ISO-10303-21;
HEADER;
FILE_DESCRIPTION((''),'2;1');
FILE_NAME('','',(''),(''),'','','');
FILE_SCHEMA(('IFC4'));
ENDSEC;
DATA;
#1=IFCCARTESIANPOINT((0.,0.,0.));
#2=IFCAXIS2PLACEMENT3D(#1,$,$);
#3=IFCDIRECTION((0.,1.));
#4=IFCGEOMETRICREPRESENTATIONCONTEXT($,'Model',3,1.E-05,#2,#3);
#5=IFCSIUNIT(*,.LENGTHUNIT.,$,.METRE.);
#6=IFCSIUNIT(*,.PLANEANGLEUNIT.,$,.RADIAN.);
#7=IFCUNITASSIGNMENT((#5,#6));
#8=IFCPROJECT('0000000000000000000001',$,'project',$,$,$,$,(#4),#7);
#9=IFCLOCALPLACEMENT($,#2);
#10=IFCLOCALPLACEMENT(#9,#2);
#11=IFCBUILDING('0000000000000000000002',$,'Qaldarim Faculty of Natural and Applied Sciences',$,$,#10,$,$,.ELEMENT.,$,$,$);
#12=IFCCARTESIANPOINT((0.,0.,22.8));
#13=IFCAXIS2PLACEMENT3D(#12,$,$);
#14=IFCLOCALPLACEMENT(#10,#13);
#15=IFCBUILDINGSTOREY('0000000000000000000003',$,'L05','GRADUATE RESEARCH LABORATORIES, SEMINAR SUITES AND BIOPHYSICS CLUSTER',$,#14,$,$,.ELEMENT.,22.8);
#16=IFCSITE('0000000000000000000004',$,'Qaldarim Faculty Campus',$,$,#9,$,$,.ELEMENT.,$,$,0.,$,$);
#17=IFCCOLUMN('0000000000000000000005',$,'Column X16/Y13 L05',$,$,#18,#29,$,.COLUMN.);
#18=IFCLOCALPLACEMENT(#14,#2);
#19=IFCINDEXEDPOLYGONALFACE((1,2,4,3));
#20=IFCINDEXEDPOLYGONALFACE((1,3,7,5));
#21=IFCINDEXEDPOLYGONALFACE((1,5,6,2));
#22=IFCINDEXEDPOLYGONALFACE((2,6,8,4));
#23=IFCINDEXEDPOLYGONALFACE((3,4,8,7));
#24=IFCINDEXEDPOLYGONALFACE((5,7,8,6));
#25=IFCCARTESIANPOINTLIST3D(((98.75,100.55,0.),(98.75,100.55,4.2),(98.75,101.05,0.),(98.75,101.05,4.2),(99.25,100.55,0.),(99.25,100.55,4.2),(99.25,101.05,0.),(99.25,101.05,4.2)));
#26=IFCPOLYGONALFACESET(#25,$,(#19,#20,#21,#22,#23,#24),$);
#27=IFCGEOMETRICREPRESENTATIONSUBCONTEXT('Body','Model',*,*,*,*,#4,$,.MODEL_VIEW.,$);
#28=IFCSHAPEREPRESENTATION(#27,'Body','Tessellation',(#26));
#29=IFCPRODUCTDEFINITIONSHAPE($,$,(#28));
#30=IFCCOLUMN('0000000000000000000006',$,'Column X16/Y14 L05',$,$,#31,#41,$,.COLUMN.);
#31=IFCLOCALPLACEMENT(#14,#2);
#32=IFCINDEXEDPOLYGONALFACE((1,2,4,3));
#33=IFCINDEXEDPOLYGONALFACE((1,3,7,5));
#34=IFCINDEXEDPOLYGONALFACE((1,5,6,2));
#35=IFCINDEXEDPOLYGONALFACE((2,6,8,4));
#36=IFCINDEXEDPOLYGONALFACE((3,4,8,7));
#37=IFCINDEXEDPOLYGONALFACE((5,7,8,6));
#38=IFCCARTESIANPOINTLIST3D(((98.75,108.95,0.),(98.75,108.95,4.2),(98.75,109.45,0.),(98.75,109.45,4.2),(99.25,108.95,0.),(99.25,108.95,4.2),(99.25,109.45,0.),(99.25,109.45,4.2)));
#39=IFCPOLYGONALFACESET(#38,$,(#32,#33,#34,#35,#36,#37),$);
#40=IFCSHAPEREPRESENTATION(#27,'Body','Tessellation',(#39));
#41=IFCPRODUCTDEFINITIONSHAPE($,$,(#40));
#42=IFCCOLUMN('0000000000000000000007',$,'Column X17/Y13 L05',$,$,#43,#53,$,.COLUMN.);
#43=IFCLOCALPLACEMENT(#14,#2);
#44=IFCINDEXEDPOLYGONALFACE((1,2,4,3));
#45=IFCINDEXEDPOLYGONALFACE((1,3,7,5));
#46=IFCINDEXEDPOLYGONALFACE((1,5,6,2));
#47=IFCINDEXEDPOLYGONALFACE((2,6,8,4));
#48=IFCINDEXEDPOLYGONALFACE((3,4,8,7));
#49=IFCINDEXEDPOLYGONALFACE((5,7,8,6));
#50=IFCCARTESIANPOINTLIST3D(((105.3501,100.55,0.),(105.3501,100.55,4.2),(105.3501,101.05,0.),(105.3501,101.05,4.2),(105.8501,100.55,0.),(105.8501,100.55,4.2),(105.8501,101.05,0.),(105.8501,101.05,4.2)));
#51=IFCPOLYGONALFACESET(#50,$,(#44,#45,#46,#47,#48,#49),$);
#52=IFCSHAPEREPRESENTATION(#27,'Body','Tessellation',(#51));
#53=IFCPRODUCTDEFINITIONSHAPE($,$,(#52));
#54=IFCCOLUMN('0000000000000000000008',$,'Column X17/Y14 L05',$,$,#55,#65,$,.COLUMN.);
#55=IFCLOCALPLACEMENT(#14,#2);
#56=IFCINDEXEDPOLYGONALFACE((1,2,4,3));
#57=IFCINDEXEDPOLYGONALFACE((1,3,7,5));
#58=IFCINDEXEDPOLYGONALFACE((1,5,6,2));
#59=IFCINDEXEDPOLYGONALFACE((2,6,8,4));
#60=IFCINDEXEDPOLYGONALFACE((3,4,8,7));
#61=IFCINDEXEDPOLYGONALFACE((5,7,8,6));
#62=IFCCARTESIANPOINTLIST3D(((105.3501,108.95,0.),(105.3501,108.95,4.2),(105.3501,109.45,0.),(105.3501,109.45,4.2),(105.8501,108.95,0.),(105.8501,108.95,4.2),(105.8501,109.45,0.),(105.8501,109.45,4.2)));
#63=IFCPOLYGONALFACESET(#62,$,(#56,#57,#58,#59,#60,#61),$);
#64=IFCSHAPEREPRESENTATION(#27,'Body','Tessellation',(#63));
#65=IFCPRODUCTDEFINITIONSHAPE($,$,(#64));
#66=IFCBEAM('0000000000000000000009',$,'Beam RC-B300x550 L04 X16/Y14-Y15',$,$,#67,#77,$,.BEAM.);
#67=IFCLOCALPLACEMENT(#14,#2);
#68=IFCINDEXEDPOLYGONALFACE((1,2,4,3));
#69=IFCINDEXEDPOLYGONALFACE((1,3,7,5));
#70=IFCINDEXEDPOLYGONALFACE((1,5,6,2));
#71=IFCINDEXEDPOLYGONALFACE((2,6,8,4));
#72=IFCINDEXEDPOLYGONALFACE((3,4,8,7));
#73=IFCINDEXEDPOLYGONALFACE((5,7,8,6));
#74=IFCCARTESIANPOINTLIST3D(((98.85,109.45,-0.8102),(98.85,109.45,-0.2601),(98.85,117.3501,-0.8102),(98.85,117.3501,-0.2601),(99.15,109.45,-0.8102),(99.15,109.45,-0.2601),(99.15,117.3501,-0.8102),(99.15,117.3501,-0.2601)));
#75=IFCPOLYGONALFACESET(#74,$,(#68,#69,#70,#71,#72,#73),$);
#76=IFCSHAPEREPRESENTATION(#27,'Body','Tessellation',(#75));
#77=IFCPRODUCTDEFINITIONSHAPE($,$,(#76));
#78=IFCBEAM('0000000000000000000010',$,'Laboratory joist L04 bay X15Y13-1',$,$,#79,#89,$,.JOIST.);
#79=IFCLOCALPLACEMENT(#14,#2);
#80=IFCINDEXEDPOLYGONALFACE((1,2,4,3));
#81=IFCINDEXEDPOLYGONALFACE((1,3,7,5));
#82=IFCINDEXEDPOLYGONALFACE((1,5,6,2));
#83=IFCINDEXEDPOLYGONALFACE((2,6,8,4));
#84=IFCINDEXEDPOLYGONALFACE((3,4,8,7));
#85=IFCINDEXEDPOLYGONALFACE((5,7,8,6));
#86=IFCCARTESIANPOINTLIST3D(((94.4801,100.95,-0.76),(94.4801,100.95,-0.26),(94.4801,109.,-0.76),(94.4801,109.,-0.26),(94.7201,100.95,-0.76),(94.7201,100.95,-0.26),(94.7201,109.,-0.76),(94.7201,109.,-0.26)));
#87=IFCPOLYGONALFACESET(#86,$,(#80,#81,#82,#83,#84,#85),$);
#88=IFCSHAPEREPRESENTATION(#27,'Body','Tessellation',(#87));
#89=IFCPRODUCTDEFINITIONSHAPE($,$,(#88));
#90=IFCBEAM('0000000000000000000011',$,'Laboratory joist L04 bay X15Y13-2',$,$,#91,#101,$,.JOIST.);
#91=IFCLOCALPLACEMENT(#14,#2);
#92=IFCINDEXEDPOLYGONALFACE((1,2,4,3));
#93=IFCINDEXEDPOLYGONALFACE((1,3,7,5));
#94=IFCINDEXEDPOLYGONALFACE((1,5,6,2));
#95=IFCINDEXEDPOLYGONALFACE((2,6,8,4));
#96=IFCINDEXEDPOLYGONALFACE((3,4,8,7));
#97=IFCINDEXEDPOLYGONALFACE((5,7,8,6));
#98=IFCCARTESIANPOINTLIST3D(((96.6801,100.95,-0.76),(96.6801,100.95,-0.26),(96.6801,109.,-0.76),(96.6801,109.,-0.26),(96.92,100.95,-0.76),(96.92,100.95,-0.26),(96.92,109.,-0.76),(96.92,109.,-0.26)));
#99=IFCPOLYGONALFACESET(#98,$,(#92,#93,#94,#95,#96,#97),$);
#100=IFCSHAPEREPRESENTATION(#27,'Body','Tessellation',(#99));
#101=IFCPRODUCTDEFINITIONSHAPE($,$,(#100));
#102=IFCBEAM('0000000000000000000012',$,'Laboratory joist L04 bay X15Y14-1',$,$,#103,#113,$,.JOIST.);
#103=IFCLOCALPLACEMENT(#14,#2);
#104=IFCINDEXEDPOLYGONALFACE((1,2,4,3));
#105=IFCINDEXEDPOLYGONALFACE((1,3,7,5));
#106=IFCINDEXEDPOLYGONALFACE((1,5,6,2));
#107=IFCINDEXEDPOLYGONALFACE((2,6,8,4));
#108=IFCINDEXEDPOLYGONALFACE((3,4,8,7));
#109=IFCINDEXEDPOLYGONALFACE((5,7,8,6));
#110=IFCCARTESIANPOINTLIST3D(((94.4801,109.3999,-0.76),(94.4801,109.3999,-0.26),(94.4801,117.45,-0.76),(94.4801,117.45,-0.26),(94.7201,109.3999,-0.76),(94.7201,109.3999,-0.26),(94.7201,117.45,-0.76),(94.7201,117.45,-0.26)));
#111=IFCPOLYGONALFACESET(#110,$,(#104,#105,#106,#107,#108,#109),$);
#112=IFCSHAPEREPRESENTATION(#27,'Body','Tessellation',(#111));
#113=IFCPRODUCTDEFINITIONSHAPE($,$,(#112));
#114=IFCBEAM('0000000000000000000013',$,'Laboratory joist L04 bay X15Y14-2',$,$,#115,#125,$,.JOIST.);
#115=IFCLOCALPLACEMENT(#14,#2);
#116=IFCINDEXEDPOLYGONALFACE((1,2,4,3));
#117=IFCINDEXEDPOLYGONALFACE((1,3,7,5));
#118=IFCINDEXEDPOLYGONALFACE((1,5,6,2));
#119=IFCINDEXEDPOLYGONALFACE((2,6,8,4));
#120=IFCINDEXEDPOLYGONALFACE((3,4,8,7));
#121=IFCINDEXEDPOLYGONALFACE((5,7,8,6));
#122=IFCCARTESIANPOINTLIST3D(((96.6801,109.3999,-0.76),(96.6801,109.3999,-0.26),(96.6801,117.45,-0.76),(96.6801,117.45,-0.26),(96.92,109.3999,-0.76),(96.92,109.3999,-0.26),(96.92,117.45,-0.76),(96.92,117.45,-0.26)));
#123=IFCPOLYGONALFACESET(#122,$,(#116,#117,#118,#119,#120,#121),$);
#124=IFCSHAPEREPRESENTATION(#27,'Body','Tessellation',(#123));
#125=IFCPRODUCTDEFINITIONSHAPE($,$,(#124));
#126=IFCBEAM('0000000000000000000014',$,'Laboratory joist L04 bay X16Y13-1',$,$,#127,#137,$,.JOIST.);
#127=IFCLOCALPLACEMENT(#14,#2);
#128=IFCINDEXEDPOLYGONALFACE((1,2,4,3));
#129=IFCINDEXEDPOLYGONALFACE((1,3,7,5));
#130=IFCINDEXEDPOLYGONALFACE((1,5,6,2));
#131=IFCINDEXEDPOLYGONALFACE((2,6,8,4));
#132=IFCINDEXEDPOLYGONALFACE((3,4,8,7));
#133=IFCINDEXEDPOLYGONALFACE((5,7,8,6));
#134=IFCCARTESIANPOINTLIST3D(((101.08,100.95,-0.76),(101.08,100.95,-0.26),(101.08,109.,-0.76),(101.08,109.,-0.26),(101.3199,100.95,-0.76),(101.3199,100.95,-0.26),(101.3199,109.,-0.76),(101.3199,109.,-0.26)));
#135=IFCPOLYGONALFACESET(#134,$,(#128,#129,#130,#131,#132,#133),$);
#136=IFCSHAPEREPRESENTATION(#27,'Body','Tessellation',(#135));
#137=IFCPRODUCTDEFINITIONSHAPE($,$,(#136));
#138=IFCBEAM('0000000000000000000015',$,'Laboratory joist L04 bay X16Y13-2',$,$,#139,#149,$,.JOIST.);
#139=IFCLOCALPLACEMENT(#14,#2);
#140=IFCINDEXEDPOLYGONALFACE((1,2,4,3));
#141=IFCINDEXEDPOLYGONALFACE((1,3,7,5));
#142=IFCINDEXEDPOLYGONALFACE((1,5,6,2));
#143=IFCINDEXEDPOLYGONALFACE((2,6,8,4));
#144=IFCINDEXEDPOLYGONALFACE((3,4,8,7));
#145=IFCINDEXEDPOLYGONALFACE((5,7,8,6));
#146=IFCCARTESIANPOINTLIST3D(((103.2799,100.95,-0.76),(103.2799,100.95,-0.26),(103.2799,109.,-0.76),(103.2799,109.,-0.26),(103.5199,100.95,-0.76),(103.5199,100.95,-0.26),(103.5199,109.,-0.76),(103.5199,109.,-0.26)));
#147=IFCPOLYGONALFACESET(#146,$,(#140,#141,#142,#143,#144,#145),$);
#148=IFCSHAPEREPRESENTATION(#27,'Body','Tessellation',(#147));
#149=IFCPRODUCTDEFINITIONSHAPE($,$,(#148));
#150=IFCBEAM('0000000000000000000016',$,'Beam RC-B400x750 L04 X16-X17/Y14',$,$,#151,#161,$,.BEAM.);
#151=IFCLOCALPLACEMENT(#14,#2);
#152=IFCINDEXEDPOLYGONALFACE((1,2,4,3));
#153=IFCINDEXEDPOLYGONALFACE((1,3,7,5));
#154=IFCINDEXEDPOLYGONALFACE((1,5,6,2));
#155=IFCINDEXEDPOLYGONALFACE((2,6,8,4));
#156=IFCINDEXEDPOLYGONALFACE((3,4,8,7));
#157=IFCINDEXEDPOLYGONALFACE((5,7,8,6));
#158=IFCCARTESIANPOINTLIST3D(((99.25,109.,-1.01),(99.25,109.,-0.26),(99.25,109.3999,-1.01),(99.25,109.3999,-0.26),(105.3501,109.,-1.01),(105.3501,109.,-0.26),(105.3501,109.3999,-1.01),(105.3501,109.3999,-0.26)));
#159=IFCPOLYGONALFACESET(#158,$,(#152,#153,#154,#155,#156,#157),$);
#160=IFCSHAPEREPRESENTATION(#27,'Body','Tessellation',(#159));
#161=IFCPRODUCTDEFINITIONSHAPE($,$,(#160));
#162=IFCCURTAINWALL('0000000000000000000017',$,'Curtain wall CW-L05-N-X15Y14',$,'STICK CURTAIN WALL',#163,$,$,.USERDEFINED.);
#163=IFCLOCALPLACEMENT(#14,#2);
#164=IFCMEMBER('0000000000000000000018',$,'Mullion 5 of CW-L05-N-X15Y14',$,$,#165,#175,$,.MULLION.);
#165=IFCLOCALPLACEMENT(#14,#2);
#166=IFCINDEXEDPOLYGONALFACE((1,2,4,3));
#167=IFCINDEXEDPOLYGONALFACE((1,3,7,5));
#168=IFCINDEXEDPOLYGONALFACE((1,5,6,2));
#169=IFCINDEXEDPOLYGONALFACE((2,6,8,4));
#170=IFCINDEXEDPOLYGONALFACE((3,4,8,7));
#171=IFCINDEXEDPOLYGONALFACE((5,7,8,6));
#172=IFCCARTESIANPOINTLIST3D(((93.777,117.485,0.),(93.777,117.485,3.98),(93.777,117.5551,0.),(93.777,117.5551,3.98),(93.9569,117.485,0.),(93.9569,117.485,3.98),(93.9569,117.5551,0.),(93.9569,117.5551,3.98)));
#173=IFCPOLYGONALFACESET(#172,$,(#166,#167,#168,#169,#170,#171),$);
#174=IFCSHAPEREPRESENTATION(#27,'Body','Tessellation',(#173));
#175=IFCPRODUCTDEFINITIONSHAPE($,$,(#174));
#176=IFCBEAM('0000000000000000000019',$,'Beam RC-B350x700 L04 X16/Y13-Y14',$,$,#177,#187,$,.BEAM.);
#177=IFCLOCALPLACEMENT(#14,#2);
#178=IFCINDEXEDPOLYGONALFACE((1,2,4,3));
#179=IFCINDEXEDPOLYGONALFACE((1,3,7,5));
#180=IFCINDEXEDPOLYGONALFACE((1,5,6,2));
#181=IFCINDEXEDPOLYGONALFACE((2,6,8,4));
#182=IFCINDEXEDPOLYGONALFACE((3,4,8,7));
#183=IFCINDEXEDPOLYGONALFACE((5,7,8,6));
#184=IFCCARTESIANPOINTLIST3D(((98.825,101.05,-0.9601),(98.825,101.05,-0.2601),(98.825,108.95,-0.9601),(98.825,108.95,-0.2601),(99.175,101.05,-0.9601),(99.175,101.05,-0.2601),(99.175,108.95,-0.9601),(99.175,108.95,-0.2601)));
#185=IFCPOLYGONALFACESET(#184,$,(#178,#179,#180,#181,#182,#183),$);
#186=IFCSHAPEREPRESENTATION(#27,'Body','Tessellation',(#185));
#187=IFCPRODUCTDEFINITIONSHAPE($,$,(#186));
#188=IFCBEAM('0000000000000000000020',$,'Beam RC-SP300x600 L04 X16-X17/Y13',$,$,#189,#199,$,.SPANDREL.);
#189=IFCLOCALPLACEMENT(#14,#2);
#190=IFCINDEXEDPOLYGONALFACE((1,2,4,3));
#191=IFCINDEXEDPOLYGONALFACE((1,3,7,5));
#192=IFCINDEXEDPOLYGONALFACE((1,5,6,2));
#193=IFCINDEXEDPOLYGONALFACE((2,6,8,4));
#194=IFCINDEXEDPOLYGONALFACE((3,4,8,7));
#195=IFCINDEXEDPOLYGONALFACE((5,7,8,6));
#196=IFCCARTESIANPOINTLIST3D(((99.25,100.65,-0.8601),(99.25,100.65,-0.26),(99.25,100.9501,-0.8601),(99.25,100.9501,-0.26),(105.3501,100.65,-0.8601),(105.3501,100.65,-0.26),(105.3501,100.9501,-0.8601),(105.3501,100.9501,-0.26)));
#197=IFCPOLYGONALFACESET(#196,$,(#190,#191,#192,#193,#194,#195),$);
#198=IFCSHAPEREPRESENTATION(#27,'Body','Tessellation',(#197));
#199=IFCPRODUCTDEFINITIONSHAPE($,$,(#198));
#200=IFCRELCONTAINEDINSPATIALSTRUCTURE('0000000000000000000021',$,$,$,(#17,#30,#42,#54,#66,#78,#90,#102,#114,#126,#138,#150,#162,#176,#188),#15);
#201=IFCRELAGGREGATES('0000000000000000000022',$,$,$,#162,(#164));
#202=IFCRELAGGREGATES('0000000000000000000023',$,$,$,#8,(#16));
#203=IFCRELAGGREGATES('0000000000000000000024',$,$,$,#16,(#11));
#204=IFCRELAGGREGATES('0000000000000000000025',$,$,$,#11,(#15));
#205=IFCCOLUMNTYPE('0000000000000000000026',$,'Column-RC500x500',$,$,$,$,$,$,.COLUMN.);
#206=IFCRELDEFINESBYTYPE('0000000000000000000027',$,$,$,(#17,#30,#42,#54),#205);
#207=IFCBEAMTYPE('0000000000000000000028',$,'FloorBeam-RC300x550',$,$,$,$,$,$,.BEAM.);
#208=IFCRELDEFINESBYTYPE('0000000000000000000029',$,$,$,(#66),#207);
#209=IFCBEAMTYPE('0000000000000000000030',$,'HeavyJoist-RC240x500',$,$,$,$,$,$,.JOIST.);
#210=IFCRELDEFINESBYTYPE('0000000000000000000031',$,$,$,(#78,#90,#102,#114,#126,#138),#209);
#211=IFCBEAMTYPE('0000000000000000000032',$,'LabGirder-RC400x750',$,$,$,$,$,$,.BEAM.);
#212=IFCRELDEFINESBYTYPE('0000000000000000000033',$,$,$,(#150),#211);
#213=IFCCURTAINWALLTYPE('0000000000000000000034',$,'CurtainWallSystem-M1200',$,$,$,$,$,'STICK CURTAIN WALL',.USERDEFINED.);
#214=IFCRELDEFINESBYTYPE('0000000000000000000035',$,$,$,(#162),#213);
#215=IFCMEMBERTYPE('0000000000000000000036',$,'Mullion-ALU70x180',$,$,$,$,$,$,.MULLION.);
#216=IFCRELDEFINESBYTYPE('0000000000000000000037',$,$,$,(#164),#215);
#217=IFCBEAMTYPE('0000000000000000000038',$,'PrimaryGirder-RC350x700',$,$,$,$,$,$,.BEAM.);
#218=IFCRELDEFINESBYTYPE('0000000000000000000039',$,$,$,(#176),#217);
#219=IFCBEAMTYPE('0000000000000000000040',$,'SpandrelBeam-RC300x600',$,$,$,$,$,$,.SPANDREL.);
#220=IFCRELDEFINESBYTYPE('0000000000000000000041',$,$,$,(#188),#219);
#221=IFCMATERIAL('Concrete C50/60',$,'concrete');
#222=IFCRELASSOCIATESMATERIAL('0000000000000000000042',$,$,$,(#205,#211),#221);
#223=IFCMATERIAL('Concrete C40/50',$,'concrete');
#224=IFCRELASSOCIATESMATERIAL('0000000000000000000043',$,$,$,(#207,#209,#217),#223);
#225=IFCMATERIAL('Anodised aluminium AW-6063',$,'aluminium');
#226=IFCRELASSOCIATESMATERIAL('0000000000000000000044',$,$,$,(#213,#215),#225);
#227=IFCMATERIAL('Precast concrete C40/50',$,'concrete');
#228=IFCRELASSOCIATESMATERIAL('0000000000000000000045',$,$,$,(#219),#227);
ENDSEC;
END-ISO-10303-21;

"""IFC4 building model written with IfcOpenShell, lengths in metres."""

from ifc_helpers import new_model, si_unit, direction, frame, origin, origin_2d, place, context, subcontext, project, spatial, rectangle, extrude, material, material_profile, profile_set, type_object, element, aggregate, save


model = new_model("IFC4")

# Units and contexts
model_context = context("Model", 3, precision=1e-05, world=origin(), true_north=direction((0.0, 1.0)))
body_context = subcontext(model_context, "Body", "Model", "MODEL_VIEW")
ifc_project = project(units=[si_unit("LENGTHUNIT", "METRE"), si_unit("PLANEANGLEUNIT", "RADIAN")], contexts=[model_context])

# Site, building, storey
site_placement = place(None, origin())
site = spatial("IfcSite", under=ifc_project, at=site_placement, Name="Qaldarim Faculty Campus", CompositionType="ELEMENT", RefElevation=0.0)
building_placement = place(site_placement, origin())
building = spatial("IfcBuilding", under=site, at=building_placement, Name="Qaldarim Faculty of Natural and Applied Sciences", CompositionType="ELEMENT")
storey_placement = place(building_placement, frame((0.0, 0.0, 22.8)))
storey = spatial("IfcBuildingStorey", under=building, at=storey_placement, Name="L05", Description="GRADUATE RESEARCH LABORATORIES, SEMINAR SUITES AND BIOPHYSICS CLUSTER", CompositionType="ELEMENT", Elevation=22.8)

# Columns
ifc_material_1 = material(Name="Concrete C50/60", Category="concrete")
ifc_material_profile_1 = material_profile(ifc_material_1, rectangle(XDim=0.5, YDim=0.5, at=origin_2d()), Name="RC-C500x500")
ifc_profile_set_1 = profile_set([ifc_material_profile_1], Name="Concrete C50/60")
column_type = type_object("IfcColumnType", Name="Column-RC500x500", PredefinedType="COLUMN", material=ifc_profile_set_1)
for number, where, z_axis, x_axis, name in (
    (1, (99.0, 100.8, 0.0), (0.0, 0.0, 1.0), (1.0, 0.0, 0.0), "Column X16/Y13 L05"),
    (2, (99.0, 109.2, 0.0), (0.0, 0.0, 1.0), (1.0, 0.0, 0.0), "Column X16/Y14 L05"),
    (3, (105.6001, 100.8, 0.0), (0.0, 0.0, 1.0), (1.0, 0.0, 0.0), "Column X17/Y13 L05"),
    (4, (105.6001, 109.2, 0.0), (0.0, 0.0, 1.0), (1.0, 0.0, 0.0), "Column X17/Y14 L05"),
):
    element("IfcColumn", number, at=place(storey_placement, frame(where, z_axis=z_axis, x_axis=x_axis)), inside=storey, type_object=column_type, Name=name, PredefinedType="COLUMN", context=body_context, shape_type="SweptSolid", body=[
        extrude(rectangle(XDim=0.5, YDim=0.5, at=origin_2d()), origin(), (0.0, 0.0, 1.0), 4.2),
    ])

# Beams
ifc_material_2 = material(Name="Concrete C40/50", Category="concrete")
ifc_material_profile_2 = material_profile(ifc_material_2, rectangle(XDim=0.3, YDim=0.55, at=origin_2d()), Name="RC-B300x550")
ifc_profile_set_2 = profile_set([ifc_material_profile_2], Name="Concrete C40/50")
beam_type_1 = type_object("IfcBeamType", Name="FloorBeam-RC300x550", PredefinedType="BEAM", material=ifc_profile_set_2)
beam_1_placement = place(storey_placement, frame((99.0, 109.45, -0.5352), z_axis=(0.0, 1.0, 0.0), x_axis=(-1.0, 0.0, 0.0)))
element("IfcBeam", 5, at=beam_1_placement, inside=storey, type_object=beam_type_1, Name="Beam RC-B300x550 L04 X16/Y14-Y15", PredefinedType="BEAM", context=body_context, shape_type="SweptSolid", body=[
    extrude(rectangle(XDim=0.3, YDim=0.55, at=origin_2d()), origin(), (0.0, 0.0, 1.0), 7.9001),
])
ifc_material_profile_3 = material_profile(ifc_material_2, rectangle(XDim=0.24, YDim=0.5, at=origin_2d()), Name="RC-J240x500")
ifc_profile_set_3 = profile_set([ifc_material_profile_3], Name="Concrete C40/50")
beam_type_2 = type_object("IfcBeamType", Name="HeavyJoist-RC240x500", PredefinedType="JOIST", material=ifc_profile_set_3)
for number, where, z_axis, x_axis, name in (
    (6, (94.6001, 100.95, -0.51), (0.0, 1.0, 0.0), (-1.0, 0.0, 0.0), "Laboratory joist L04 bay X15Y13-1"),
    (7, (96.8, 100.95, -0.51), (0.0, 1.0, 0.0), (-1.0, 0.0, 0.0), "Laboratory joist L04 bay X15Y13-2"),
    (8, (94.6001, 109.3999, -0.51), (0.0, 1.0, 0.0), (-1.0, 0.0, 0.0), "Laboratory joist L04 bay X15Y14-1"),
    (9, (96.8, 109.3999, -0.51), (0.0, 1.0, 0.0), (-1.0, 0.0, 0.0), "Laboratory joist L04 bay X15Y14-2"),
    (10, (101.2, 100.95, -0.51), (0.0, 1.0, 0.0), (-1.0, 0.0, 0.0), "Laboratory joist L04 bay X16Y13-1"),
    (11, (103.3999, 100.95, -0.51), (0.0, 1.0, 0.0), (-1.0, 0.0, 0.0), "Laboratory joist L04 bay X16Y13-2"),
):
    element("IfcBeam", number, at=place(storey_placement, frame(where, z_axis=z_axis, x_axis=x_axis)), inside=storey, type_object=beam_type_2, Name=name, PredefinedType="JOIST", context=body_context, shape_type="SweptSolid", body=[
        extrude(rectangle(XDim=0.24, YDim=0.5, at=origin_2d()), origin(), (0.0, 0.0, 1.0), 8.05),
    ])
ifc_material_profile_4 = material_profile(ifc_material_1, rectangle(XDim=0.3999, YDim=0.75, at=origin_2d()), Name="RC-B400x750")
ifc_profile_set_4 = profile_set([ifc_material_profile_4], Name="Concrete C50/60")
beam_type_3 = type_object("IfcBeamType", Name="LabGirder-RC400x750", PredefinedType="BEAM", material=ifc_profile_set_4)
beam_2_placement = place(storey_placement, frame((99.25, 109.2, -0.635), z_axis=(1.0, 0.0, 0.0), x_axis=(0.0, 1.0, 0.0)))
element("IfcBeam", 12, at=beam_2_placement, inside=storey, type_object=beam_type_3, Name="Beam RC-B400x750 L04 X16-X17/Y14", PredefinedType="BEAM", context=body_context, shape_type="SweptSolid", body=[
    extrude(rectangle(XDim=0.3999, YDim=0.75, at=origin_2d()), origin(), (0.0, 0.0, 1.0), 6.1001),
])

# Curtain wall, member
ifc_material_3 = material(Name="Anodised aluminium AW-6063", Category="aluminium")
curtain_wall_type = type_object("IfcCurtainWallType", Name="CurtainWallSystem-M1200", ElementType="STICK CURTAIN WALL", PredefinedType="USERDEFINED", material=ifc_material_3)
curtain_wall_placement = place(storey_placement, origin())
curtain_wall = element("IfcCurtainWall", 13, at=curtain_wall_placement, inside=storey, type_object=curtain_wall_type, Name="Curtain wall CW-L05-N-X15Y14", ObjectType="STICK CURTAIN WALL", PredefinedType="USERDEFINED")
ifc_material_profile_5 = material_profile(ifc_material_3, rectangle(XDim=0.0701, YDim=0.1799, at=origin_2d()), Name="ALU-M70x180")
ifc_profile_set_5 = profile_set([ifc_material_profile_5], Name="Anodised aluminium AW-6063")
member_type_1 = type_object("IfcMemberType", Name="Mullion-ALU70x180", PredefinedType="MULLION", material=ifc_profile_set_5)
member_1_placement = place(storey_placement, frame((93.8669, 117.52, 0.0), z_axis=(0.0, 0.0, 1.0), x_axis=(0.0, -1.0, 0.0)))
member_1 = element("IfcMember", 14, at=member_1_placement, type_object=member_type_1, Name="Mullion 5 of CW-L05-N-X15Y14", PredefinedType="MULLION", context=body_context, shape_type="SweptSolid", body=[
    extrude(rectangle(XDim=0.0701, YDim=0.1799, at=origin_2d()), origin(), (0.0, 0.0, 1.0), 3.98),
])

# Beams
ifc_material_profile_6 = material_profile(ifc_material_2, rectangle(XDim=0.3501, YDim=0.7, at=origin_2d()), Name="RC-B350x700")
ifc_profile_set_6 = profile_set([ifc_material_profile_6], Name="Concrete C40/50")
beam_type_4 = type_object("IfcBeamType", Name="PrimaryGirder-RC350x700", PredefinedType="BEAM", material=ifc_profile_set_6)
beam_3_placement = place(storey_placement, frame((99.0, 101.05, -0.6101), z_axis=(0.0, 1.0, 0.0), x_axis=(-1.0, 0.0, 0.0)))
element("IfcBeam", 15, at=beam_3_placement, inside=storey, type_object=beam_type_4, Name="Beam RC-B350x700 L04 X16/Y13-Y14", PredefinedType="BEAM", context=body_context, shape_type="SweptSolid", body=[
    extrude(rectangle(XDim=0.3501, YDim=0.7, at=origin_2d()), origin(), (0.0, 0.0, 1.0), 7.8999),
])
ifc_material_4 = material(Name="Precast concrete C40/50", Category="concrete")
ifc_material_profile_7 = material_profile(ifc_material_4, rectangle(XDim=0.3, YDim=0.6001, at=origin_2d()), Name="RC-SP300x600")
ifc_profile_set_7 = profile_set([ifc_material_profile_7], Name="Precast concrete C40/50")
beam_type_5 = type_object("IfcBeamType", Name="SpandrelBeam-RC300x600", PredefinedType="SPANDREL", material=ifc_profile_set_7)
beam_4_placement = place(storey_placement, frame((99.25, 100.8, -0.5601), z_axis=(1.0, 0.0, 0.0), x_axis=(0.0, 1.0, 0.0)))
element("IfcBeam", 16, at=beam_4_placement, inside=storey, type_object=beam_type_5, Name="Beam RC-SP300x600 L04 X16-X17/Y13", PredefinedType="SPANDREL", context=body_context, shape_type="SweptSolid", body=[
    extrude(rectangle(XDim=0.3, YDim=0.6001, at=origin_2d()), origin(), (0.0, 0.0, 1.0), 6.1001),
])

aggregate(curtain_wall, [member_1])

save(model, "model.ifc")
